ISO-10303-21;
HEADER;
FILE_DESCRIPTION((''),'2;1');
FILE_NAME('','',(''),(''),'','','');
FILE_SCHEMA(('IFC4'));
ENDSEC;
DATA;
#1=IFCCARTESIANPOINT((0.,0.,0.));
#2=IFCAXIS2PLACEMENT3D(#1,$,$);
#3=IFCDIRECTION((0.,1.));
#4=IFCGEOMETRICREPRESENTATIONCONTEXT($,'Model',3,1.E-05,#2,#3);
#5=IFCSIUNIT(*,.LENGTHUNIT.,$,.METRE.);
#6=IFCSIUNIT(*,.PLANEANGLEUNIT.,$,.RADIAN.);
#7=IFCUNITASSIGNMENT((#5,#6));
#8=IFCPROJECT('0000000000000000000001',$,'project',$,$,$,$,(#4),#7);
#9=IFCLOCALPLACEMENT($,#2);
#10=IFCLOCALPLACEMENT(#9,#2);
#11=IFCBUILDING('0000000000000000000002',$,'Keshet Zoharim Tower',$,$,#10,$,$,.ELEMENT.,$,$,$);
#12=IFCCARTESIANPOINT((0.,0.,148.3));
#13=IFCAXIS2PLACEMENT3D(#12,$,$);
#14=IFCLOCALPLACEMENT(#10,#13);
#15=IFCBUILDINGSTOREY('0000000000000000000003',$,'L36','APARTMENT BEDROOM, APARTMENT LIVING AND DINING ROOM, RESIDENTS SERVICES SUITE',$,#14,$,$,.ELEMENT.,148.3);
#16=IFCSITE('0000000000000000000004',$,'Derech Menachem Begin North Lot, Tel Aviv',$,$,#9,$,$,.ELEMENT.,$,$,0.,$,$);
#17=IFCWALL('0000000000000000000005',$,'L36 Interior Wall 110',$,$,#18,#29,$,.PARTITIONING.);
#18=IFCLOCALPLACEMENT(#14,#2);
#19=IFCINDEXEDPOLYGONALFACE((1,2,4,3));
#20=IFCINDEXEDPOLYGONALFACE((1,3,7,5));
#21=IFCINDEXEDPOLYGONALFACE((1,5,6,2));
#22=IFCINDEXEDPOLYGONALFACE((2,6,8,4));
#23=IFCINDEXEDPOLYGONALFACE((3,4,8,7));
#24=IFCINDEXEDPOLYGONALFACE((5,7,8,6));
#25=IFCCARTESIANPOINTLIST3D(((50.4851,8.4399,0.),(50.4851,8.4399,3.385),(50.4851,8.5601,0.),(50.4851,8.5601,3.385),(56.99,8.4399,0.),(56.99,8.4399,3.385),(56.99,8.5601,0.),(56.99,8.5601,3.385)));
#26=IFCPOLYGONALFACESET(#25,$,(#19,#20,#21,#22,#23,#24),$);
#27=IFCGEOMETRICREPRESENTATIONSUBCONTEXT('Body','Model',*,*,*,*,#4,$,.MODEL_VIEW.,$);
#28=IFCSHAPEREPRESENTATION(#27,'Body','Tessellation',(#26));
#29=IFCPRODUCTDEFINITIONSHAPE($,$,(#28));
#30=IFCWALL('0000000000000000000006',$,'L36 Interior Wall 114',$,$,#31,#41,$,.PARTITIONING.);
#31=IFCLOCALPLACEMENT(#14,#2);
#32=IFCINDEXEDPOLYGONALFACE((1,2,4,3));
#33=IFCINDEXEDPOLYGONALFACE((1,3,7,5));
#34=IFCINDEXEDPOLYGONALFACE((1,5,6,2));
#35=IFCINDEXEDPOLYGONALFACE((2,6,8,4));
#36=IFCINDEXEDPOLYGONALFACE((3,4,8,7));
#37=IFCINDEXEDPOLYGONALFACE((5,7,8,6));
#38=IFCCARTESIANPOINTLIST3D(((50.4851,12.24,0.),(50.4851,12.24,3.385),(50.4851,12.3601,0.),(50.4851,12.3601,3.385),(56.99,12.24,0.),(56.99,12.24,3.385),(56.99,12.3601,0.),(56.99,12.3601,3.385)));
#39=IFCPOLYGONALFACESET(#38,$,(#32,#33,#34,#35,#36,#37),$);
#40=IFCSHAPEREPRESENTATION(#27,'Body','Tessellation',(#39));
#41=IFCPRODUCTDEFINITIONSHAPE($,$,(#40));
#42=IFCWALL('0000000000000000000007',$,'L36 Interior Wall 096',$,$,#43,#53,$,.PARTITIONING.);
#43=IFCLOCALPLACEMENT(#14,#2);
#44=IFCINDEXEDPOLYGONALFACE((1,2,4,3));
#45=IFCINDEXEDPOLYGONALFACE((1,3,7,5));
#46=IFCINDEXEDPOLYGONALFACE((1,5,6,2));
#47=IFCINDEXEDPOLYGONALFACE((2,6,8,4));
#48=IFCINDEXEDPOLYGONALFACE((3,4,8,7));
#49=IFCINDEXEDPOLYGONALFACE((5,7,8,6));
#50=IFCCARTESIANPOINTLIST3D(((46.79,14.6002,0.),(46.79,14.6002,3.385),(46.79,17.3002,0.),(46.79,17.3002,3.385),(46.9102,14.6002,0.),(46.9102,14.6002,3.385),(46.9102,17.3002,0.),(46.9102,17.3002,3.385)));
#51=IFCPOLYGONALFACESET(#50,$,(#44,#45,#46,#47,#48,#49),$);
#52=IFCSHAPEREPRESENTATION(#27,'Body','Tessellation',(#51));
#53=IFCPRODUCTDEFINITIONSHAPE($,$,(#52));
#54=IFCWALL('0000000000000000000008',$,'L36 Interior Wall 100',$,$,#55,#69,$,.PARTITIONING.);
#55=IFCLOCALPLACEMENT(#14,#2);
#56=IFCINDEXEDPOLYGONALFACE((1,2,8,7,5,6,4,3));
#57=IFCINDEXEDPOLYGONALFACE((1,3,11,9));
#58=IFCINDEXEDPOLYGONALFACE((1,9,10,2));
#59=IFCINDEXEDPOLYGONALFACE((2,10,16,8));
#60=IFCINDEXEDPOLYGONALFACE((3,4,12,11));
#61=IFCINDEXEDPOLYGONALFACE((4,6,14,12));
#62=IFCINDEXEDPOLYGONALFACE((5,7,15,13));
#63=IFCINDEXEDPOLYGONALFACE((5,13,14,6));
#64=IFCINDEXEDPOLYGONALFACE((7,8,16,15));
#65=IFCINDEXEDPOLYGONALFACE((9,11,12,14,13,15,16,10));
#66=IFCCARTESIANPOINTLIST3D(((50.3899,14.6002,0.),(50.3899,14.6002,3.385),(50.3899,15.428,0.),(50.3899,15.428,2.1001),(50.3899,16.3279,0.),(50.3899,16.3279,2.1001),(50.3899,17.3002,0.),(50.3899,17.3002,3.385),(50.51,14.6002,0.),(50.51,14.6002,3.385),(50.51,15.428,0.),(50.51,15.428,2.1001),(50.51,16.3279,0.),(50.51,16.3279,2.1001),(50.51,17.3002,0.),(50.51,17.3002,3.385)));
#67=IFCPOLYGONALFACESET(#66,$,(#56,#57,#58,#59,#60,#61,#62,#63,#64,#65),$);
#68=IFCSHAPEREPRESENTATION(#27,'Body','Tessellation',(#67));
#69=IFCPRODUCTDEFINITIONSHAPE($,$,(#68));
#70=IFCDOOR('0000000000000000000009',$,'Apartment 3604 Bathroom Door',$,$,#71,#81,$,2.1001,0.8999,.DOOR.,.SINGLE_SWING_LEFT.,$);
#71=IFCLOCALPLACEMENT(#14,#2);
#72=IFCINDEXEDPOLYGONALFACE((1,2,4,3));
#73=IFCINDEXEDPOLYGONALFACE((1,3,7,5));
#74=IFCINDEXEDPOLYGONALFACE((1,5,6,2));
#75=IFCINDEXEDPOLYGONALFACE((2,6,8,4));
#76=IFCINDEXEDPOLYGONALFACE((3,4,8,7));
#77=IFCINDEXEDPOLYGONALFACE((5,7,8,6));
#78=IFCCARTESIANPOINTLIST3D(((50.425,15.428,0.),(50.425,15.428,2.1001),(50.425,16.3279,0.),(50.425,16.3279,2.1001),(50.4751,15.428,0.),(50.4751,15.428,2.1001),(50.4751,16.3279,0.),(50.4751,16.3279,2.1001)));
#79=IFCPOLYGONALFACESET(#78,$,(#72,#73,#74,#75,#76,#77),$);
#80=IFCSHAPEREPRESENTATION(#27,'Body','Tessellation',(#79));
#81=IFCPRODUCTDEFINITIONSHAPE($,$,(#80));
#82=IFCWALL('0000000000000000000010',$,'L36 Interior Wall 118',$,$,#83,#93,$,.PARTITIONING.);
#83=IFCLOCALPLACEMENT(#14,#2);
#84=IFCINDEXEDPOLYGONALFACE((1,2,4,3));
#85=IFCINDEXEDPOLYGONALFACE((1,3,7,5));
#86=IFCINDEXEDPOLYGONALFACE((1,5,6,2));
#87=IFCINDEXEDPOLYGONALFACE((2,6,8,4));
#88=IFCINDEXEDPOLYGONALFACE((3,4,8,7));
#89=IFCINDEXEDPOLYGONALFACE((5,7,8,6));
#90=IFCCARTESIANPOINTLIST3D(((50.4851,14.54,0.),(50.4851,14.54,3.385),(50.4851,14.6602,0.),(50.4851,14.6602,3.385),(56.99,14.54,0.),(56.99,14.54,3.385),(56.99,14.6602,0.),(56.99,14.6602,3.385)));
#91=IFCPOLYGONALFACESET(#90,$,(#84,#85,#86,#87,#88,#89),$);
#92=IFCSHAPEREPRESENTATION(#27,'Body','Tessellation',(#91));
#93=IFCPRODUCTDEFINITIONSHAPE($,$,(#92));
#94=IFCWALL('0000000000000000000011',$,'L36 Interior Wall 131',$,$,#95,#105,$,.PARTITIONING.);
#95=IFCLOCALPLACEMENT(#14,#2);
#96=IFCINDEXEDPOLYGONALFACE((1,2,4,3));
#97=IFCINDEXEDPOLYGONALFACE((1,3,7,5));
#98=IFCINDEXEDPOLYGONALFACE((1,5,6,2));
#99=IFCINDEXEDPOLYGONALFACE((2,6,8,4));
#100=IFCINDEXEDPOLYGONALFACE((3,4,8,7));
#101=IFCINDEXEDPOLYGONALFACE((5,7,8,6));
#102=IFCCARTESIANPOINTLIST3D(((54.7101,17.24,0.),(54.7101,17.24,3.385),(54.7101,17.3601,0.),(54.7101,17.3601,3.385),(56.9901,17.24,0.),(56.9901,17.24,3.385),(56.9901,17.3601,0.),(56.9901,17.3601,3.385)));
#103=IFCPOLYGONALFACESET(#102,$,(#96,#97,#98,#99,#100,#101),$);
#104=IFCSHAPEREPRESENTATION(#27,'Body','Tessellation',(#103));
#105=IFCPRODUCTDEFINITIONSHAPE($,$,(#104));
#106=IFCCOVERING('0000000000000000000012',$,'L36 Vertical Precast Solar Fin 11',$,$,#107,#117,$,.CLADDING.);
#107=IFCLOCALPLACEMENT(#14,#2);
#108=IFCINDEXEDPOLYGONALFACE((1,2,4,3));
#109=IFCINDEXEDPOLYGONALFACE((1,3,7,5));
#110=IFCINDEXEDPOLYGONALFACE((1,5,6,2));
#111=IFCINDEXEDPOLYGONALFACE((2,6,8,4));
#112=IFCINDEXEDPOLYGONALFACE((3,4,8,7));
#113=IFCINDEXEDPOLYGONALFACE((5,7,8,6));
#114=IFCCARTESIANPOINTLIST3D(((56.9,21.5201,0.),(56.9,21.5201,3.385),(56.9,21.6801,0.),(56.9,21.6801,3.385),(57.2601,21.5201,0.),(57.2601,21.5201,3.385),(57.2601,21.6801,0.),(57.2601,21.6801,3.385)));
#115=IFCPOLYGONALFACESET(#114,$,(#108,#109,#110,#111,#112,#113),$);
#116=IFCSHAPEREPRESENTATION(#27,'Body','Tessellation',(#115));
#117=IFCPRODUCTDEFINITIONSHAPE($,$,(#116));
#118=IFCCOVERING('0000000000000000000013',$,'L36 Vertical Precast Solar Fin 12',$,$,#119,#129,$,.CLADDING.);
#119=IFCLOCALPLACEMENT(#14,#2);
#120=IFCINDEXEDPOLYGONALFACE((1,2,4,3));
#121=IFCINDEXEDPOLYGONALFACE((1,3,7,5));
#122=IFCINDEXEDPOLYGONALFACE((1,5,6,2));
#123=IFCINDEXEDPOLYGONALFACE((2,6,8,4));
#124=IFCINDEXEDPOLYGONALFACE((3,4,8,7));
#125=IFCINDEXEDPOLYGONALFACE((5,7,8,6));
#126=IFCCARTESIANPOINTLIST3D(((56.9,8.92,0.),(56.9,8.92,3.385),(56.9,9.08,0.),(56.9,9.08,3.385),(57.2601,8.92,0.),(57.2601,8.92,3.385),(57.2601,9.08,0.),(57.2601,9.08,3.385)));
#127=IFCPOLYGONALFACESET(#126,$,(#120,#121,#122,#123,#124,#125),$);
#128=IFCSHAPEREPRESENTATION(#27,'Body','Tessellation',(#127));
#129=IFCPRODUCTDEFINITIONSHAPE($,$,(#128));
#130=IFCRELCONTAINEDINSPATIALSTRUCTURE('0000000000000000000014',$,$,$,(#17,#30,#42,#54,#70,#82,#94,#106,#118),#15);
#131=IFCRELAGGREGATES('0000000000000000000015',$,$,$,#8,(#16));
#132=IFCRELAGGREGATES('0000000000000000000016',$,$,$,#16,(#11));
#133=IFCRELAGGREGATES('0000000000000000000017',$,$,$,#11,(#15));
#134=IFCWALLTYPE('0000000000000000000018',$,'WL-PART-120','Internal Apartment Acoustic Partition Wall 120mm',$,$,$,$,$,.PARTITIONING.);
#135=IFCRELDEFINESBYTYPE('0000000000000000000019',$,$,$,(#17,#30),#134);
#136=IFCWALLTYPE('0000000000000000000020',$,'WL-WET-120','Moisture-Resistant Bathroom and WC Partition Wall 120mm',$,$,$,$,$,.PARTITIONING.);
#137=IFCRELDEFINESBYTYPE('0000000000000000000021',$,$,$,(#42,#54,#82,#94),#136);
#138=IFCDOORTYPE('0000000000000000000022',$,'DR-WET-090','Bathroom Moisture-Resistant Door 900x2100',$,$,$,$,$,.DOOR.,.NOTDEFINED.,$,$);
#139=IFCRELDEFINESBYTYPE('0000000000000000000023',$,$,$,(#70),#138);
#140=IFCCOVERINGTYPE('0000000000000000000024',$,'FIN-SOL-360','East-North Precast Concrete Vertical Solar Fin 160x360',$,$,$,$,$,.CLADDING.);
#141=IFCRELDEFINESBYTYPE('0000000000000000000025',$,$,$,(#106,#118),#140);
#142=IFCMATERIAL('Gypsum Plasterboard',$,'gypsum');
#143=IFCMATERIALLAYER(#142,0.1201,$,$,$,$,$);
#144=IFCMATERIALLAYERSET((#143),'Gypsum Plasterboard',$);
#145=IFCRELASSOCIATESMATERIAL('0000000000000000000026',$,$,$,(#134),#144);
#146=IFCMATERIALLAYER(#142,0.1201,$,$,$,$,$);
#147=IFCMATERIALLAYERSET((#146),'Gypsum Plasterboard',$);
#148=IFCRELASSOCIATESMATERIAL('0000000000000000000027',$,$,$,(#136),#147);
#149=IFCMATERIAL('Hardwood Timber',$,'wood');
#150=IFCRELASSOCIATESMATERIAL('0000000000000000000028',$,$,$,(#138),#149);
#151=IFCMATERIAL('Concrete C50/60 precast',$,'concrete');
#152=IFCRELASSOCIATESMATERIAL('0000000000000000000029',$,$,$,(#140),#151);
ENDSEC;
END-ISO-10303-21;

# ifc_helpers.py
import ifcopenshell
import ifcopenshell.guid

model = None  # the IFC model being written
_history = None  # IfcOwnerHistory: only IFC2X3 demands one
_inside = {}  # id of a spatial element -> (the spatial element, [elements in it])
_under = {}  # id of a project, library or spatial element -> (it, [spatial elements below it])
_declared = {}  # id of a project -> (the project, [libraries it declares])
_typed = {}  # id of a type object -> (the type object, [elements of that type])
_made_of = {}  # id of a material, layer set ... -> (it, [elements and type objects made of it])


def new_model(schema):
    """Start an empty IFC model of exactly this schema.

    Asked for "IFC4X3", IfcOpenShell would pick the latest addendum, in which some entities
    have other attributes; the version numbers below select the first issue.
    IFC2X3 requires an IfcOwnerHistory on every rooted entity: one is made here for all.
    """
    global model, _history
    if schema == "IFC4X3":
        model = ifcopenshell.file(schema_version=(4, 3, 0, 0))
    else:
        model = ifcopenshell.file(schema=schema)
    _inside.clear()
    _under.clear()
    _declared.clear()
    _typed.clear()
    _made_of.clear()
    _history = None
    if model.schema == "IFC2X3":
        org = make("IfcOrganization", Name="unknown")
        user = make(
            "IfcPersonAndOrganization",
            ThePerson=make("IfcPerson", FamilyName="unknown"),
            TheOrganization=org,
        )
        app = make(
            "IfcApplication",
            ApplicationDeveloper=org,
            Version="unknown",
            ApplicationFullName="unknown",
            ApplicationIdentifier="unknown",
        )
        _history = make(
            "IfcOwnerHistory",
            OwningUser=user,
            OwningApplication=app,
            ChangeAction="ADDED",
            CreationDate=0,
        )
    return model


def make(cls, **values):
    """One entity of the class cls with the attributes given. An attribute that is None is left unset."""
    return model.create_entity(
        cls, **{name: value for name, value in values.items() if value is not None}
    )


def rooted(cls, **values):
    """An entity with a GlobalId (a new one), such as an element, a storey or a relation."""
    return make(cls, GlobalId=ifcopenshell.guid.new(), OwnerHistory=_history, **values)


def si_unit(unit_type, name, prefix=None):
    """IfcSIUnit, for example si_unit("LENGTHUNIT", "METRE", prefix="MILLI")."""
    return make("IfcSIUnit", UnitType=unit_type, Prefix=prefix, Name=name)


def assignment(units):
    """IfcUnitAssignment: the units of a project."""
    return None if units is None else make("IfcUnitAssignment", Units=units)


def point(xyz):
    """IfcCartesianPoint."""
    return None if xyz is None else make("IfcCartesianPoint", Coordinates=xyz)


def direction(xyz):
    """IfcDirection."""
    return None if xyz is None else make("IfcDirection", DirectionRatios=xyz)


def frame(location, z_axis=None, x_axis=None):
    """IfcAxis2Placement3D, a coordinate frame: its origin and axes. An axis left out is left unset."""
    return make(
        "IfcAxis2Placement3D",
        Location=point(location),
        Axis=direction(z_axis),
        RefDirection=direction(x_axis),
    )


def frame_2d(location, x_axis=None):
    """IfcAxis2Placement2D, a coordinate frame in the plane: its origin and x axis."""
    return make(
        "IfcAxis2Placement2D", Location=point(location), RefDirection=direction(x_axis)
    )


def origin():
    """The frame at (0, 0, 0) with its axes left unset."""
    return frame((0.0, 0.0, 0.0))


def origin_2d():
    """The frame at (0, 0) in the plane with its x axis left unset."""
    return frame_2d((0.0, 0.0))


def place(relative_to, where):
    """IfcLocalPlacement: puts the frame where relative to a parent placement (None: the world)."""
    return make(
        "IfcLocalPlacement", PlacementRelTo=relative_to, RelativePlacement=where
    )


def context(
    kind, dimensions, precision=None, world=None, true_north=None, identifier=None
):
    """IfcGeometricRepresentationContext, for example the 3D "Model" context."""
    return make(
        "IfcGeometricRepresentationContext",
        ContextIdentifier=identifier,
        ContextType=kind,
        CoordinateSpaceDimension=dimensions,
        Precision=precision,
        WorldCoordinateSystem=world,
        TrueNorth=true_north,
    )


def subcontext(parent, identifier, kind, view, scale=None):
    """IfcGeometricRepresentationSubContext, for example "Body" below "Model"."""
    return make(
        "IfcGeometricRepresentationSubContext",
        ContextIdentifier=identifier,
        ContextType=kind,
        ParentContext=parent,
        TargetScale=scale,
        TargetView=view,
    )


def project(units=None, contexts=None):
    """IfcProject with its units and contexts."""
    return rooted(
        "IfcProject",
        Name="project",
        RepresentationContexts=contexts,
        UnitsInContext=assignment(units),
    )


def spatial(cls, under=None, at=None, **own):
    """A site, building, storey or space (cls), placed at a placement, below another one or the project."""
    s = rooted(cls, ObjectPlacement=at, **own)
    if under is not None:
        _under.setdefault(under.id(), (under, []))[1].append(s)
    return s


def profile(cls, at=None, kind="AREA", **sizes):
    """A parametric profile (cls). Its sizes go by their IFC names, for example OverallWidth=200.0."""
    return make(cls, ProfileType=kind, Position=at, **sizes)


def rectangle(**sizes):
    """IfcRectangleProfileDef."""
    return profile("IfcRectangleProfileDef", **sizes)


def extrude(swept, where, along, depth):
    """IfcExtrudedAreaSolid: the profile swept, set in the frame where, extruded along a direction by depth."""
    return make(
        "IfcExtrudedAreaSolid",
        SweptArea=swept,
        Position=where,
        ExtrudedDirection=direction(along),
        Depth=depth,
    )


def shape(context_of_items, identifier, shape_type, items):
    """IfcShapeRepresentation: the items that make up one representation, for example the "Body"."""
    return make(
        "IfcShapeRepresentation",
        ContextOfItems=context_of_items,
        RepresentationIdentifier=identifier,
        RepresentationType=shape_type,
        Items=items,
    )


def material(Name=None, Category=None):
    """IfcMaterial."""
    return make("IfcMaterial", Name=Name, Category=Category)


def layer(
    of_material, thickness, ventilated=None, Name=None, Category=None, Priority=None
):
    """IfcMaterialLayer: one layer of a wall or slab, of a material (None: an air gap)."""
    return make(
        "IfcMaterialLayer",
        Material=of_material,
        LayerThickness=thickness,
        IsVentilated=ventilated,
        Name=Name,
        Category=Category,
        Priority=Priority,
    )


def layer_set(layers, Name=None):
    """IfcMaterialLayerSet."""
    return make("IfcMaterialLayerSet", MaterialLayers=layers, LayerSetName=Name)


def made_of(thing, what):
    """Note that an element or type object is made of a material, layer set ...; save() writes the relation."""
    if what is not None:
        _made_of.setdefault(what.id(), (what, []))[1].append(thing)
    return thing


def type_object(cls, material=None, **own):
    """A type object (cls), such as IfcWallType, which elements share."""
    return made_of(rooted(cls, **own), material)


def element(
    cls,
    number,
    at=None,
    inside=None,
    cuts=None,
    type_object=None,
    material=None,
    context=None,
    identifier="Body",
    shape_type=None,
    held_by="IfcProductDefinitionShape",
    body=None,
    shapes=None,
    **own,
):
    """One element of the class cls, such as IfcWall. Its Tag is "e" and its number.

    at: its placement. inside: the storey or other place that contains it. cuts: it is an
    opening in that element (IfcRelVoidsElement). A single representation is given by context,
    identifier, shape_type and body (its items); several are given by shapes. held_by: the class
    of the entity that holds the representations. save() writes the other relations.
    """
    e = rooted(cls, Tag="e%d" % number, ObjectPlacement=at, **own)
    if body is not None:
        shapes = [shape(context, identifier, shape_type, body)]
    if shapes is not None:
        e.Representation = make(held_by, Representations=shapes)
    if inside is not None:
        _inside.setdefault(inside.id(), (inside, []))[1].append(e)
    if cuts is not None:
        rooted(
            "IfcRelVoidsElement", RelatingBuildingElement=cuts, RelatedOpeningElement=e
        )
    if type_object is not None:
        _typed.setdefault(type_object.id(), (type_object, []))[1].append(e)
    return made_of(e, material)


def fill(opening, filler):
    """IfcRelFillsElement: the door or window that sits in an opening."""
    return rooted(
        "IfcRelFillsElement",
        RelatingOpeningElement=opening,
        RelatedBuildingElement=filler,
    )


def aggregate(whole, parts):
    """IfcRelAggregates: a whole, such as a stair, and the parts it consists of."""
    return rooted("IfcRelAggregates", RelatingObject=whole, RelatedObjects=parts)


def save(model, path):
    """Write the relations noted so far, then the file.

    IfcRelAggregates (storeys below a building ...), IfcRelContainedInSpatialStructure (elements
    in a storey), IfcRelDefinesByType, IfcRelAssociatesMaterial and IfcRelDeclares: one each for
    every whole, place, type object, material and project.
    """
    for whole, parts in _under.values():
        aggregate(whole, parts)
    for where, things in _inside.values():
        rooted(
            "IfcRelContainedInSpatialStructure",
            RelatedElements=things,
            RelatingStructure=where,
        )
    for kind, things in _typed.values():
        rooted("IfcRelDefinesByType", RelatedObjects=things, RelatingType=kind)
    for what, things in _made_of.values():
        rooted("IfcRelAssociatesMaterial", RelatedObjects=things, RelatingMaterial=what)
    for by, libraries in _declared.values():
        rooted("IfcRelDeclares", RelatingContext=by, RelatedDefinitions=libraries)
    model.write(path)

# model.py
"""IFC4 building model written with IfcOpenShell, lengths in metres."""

from ifc_helpers import new_model, si_unit, direction, frame, frame_2d, origin, origin_2d, place, context, subcontext, project, spatial, rectangle, extrude, material, layer, layer_set, type_object, element, fill, save


model = new_model("IFC4")

# Units and contexts
model_context = context("Model", 3, precision=1e-05, world=origin(), true_north=direction((0.0, 1.0)))
body_context = subcontext(model_context, "Body", "Model", "MODEL_VIEW")
ifc_project = project(units=[si_unit("LENGTHUNIT", "METRE"), si_unit("PLANEANGLEUNIT", "RADIAN")], contexts=[model_context])

# Site, building, storey
site_placement = place(None, origin())
site = spatial("IfcSite", under=ifc_project, at=site_placement, Name="Derech Menachem Begin North Lot, Tel Aviv", CompositionType="ELEMENT", RefElevation=0.0)
building_placement = place(site_placement, origin())
building = spatial("IfcBuilding", under=site, at=building_placement, Name="Keshet Zoharim Tower", CompositionType="ELEMENT")
storey_placement = place(building_placement, frame((0.0, 0.0, 148.3)))
storey = spatial("IfcBuildingStorey", under=building, at=storey_placement, Name="L36", Description="APARTMENT BEDROOM, APARTMENT LIVING AND DINING ROOM, RESIDENTS SERVICES SUITE", CompositionType="ELEMENT", Elevation=148.3)

# Shared definitions
ifc_material_1 = material(Name="Gypsum Plasterboard", Category="gypsum")

# Shared definitions
ifc_material_2 = material(Name="Hardwood Timber", Category="wood")

# Shared definitions
ifc_layer_1 = layer(ifc_material_1, 0.1201)
ifc_layer_set_1 = layer_set([ifc_layer_1], Name="Gypsum Plasterboard")
wall_type_1 = type_object("IfcWallType", Name="WL-PART-120", Description="Internal Apartment Acoustic Partition Wall 120mm", PredefinedType="PARTITIONING", material=ifc_layer_set_1)

# Walls
for number, where, z_axis, x_axis, name in (
    (1, (50.4851, 8.5, 0.0), (0.0, 0.0, 1.0), (1.0, 0.0, 0.0), "L36 Interior Wall 110"),
    (2, (50.4851, 12.3, 0.0), (0.0, 0.0, 1.0), (1.0, 0.0, 0.0), "L36 Interior Wall 114"),
):
    element("IfcWall", number, at=place(storey_placement, frame(where, z_axis=z_axis, x_axis=x_axis)), inside=storey, type_object=wall_type_1, Name=name, PredefinedType="PARTITIONING", context=body_context, shape_type="SweptSolid", body=[
        extrude(rectangle(XDim=6.5049, YDim=0.1201, at=frame_2d((3.2524, 0.0))), origin(), (0.0, 0.0, 1.0), 3.385),
    ])
ifc_layer_2 = layer(ifc_material_1, 0.1201)
ifc_layer_set_2 = layer_set([ifc_layer_2], Name="Gypsum Plasterboard")
wall_type_2 = type_object("IfcWallType", Name="WL-WET-120", Description="Moisture-Resistant Bathroom and WC Partition Wall 120mm", PredefinedType="PARTITIONING", material=ifc_layer_set_2)
wall_1_placement = place(storey_placement, frame((46.8501, 14.6001, 0.0), z_axis=(0.0, 0.0, 1.0), x_axis=(0.0, 1.0, 0.0)))
element("IfcWall", 3, at=wall_1_placement, inside=storey, type_object=wall_type_2, Name="L36 Interior Wall 096", PredefinedType="PARTITIONING", context=body_context, shape_type="SweptSolid", body=[
    extrude(rectangle(XDim=2.7, YDim=0.1201, at=frame_2d((1.3501, 0.0))), origin(), (0.0, 0.0, 1.0), 3.385),
])

# Wall, opening, door
wall_2_placement = place(storey_placement, frame((50.45, 14.6001, 0.0), z_axis=(0.0, 0.0, 1.0), x_axis=(0.0, 1.0, 0.0)))
wall_2 = element("IfcWall", 4, at=wall_2_placement, inside=storey, type_object=wall_type_2, Name="L36 Interior Wall 100", PredefinedType="PARTITIONING", context=body_context, shape_type="SweptSolid", body=[
    extrude(rectangle(XDim=2.7, YDim=0.1201, at=frame_2d((1.3501, 0.0))), origin(), (0.0, 0.0, 1.0), 3.385),
])
opening_1_placement = place(wall_2_placement, frame((0.8279, 0.0, 0.0)))
opening_1 = element("IfcOpeningElement", 5, at=opening_1_placement, cuts=wall_2, PredefinedType="OPENING", context=body_context, shape_type="SweptSolid", body=[
    extrude(rectangle(XDim=0.8999, YDim=2.1001, at=frame_2d((0.45, 1.05))), frame((0.0, 0.0701, 0.0), z_axis=(0.0, -1.0, 0.0), x_axis=(1.0, 0.0, 0.0)), (0.0, 0.0, 1.0), 0.1401),
])
door_type_1 = type_object("IfcDoorType", Name="DR-WET-090", Description="Bathroom Moisture-Resistant Door 900x2100", OperationType="NOTDEFINED", PredefinedType="DOOR", material=ifc_material_2)
door_1_placement = place(opening_1_placement, origin())
door_1 = element("IfcDoor", 6, at=door_1_placement, inside=storey, type_object=door_type_1, Name="Apartment 3604 Bathroom Door", OperationType="SINGLE_SWING_LEFT", OverallHeight=2.1001, OverallWidth=0.8999, PredefinedType="DOOR", context=body_context, shape_type="SweptSolid", body=[
    extrude(rectangle(XDim=0.8999, YDim=2.1001, at=frame_2d((0.45, 1.05))), frame((0.0, 0.0249, 0.0), z_axis=(0.0, -1.0, 0.0), x_axis=(1.0, 0.0, 0.0)), (0.0, 0.0, 1.0), 0.05),
])
fill(opening_1, door_1)

# Walls
wall_3_placement = place(storey_placement, frame((50.4851, 14.6001, 0.0), z_axis=(0.0, 0.0, 1.0), x_axis=(1.0, 0.0, 0.0)))
element("IfcWall", 7, at=wall_3_placement, inside=storey, type_object=wall_type_2, Name="L36 Interior Wall 118", PredefinedType="PARTITIONING", context=body_context, shape_type="SweptSolid", body=[
    extrude(rectangle(XDim=6.5049, YDim=0.1201, at=frame_2d((3.2524, 0.0))), origin(), (0.0, 0.0, 1.0), 3.385),
])
wall_4_placement = place(storey_placement, frame((54.71, 17.3, 0.0), z_axis=(0.0, 0.0, 1.0), x_axis=(1.0, 0.0, 0.0)))
element("IfcWall", 8, at=wall_4_placement, inside=storey, type_object=wall_type_2, Name="L36 Interior Wall 131", PredefinedType="PARTITIONING", context=body_context, shape_type="SweptSolid", body=[
    extrude(rectangle(XDim=2.28, YDim=0.1201, at=frame_2d((1.1401, 0.0))), origin(), (0.0, 0.0, 1.0), 3.385),
])

# Coverings
ifc_material_3 = material(Name="Concrete C50/60 precast", Category="concrete")
covering_type = type_object("IfcCoveringType", Name="FIN-SOL-360", Description="East-North Precast Concrete Vertical Solar Fin 160x360", PredefinedType="CLADDING", material=ifc_material_3)
for number, where, z_axis, x_axis, name in (
    (9, (57.0801, 21.6001, 0.0), (0.0, 0.0, 1.0), (0.0, -1.0, 0.0), "L36 Vertical Precast Solar Fin 11"),
    (10, (57.0801, 9.0, 0.0), (0.0, 0.0, 1.0), (0.0, -1.0, 0.0), "L36 Vertical Precast Solar Fin 12"),
):
    element("IfcCovering", number, at=place(storey_placement, frame(where, z_axis=z_axis, x_axis=x_axis)), inside=storey, type_object=covering_type, Name=name, PredefinedType="CLADDING", context=body_context, shape_type="SweptSolid", body=[
        extrude(rectangle(XDim=0.1599, YDim=0.3601, at=origin_2d()), origin(), (0.0, 0.0, 1.0), 3.385),
    ])

save(model, "model.ifc")
